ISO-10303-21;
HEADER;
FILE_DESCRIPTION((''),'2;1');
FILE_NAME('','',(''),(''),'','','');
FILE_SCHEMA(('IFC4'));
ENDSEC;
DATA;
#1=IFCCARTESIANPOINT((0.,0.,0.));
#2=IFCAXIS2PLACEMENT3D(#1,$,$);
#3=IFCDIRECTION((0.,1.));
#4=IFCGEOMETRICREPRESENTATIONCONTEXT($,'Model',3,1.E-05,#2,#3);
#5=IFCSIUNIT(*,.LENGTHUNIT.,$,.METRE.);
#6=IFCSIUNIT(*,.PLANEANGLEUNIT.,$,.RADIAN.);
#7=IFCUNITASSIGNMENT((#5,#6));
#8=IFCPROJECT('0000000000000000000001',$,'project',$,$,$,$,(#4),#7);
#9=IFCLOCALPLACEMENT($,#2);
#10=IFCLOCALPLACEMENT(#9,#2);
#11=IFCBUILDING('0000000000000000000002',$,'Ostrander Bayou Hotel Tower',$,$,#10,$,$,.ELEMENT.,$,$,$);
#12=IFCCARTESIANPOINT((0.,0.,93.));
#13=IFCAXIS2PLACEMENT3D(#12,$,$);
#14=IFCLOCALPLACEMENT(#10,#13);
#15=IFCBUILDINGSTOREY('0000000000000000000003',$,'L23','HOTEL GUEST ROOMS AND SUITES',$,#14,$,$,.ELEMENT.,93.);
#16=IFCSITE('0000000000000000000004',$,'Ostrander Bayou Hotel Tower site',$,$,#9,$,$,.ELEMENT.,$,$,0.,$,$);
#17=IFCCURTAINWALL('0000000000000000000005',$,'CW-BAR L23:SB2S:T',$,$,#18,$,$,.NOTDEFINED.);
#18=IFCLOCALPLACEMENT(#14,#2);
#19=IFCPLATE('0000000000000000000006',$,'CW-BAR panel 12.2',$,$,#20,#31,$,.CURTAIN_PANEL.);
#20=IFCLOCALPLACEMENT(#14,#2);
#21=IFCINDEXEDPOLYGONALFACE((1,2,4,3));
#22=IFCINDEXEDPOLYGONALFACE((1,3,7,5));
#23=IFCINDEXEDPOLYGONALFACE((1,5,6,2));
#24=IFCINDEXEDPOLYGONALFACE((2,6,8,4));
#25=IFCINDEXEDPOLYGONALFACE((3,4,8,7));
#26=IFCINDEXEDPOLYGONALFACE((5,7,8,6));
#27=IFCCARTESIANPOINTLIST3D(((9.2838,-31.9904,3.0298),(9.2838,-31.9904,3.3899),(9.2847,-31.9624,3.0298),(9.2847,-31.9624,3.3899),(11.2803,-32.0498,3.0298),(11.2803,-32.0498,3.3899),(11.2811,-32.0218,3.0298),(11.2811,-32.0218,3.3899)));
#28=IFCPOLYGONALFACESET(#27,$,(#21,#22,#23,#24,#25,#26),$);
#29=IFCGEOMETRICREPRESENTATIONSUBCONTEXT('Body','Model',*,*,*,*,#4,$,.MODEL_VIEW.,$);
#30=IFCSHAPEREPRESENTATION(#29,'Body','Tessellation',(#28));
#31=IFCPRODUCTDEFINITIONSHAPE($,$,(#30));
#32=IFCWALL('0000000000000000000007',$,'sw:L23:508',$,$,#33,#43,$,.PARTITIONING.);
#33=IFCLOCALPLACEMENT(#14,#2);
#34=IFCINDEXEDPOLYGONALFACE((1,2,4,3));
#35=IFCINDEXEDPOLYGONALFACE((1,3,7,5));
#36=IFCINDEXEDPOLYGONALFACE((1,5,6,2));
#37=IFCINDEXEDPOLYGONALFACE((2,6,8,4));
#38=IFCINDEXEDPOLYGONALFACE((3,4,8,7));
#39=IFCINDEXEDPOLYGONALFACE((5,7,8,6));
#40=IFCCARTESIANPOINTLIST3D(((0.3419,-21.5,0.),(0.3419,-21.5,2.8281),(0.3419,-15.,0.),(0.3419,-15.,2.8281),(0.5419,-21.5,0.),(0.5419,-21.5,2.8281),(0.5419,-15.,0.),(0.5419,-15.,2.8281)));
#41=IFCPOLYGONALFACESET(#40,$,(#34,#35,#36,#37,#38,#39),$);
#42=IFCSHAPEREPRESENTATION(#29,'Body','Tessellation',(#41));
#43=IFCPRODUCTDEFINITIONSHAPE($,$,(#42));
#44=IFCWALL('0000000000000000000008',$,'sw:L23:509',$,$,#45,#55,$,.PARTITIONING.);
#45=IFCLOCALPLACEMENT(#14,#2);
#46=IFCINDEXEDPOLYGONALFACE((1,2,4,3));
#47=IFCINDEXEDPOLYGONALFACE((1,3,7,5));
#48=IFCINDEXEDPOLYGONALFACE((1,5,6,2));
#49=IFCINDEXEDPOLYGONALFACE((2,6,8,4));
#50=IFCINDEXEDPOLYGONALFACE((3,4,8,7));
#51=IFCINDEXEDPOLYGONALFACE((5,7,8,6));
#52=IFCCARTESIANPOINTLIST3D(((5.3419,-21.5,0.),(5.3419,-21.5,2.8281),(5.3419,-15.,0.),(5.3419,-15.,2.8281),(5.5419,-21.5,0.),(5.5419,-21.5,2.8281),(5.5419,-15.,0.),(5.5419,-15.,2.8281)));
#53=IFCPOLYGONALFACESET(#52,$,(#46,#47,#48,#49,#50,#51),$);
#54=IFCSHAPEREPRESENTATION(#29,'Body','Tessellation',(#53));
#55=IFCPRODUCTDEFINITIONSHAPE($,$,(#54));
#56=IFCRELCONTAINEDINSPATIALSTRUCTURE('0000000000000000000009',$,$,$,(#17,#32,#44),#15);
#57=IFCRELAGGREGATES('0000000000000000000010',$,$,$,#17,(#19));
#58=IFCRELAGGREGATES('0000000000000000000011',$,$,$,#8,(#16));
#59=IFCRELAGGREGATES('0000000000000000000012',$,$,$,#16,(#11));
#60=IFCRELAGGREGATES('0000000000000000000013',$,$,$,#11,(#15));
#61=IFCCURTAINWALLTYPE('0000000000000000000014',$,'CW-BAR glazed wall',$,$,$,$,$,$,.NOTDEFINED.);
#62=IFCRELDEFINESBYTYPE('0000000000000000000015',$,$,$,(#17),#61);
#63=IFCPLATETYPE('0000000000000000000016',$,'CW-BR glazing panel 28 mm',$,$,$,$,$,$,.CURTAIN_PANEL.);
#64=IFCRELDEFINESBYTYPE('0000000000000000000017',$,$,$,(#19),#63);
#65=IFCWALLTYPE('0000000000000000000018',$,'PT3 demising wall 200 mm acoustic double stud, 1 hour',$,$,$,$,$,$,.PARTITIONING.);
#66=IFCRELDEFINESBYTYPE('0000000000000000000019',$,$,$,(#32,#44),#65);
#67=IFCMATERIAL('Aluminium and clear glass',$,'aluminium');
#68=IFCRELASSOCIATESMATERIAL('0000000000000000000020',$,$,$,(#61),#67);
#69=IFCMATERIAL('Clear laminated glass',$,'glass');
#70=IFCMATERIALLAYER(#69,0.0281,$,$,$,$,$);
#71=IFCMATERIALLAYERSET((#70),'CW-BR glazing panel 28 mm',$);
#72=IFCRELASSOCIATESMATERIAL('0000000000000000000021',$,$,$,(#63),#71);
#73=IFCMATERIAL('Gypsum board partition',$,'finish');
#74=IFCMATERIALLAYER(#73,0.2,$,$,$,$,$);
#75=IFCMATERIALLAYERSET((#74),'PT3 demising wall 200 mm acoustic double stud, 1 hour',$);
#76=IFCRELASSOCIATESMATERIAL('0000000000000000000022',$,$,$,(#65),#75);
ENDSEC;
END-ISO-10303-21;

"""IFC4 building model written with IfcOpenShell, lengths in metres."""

from ifc_helpers import new_model, si_unit, direction, frame, frame_2d, origin, origin_2d, place, context, subcontext, project, spatial, rectangle, extrude, material, layer, layer_set, type_object, element, aggregate, save


model = new_model("IFC4")

# Units and contexts
model_context = context("Model", 3, precision=1e-05, world=origin(), true_north=direction((0.0, 1.0)))
body_context = subcontext(model_context, "Body", "Model", "MODEL_VIEW")
ifc_project = project(units=[si_unit("LENGTHUNIT", "METRE"), si_unit("PLANEANGLEUNIT", "RADIAN")], contexts=[model_context])

# Site, building, storey
site_placement = place(None, origin())
site = spatial("IfcSite", under=ifc_project, at=site_placement, Name="Ostrander Bayou Hotel Tower site", CompositionType="ELEMENT", RefElevation=0.0)
building_placement = place(site_placement, origin())
building = spatial("IfcBuilding", under=site, at=building_placement, Name="Ostrander Bayou Hotel Tower", CompositionType="ELEMENT")
storey_placement = place(building_placement, frame((0.0, 0.0, 93.0)))
storey = spatial("IfcBuildingStorey", under=building, at=storey_placement, Name="L23", Description="HOTEL GUEST ROOMS AND SUITES", CompositionType="ELEMENT", Elevation=93.0)

# Curtain wall, plate
ifc_material_1 = material(Name="Aluminium and clear glass", Category="aluminium")
curtain_wall_type = type_object("IfcCurtainWallType", Name="CW-BAR glazed wall", PredefinedType="NOTDEFINED", material=ifc_material_1)
curtain_wall_placement = place(storey_placement, origin())
curtain_wall = element("IfcCurtainWall", 1, at=curtain_wall_placement, inside=storey, type_object=curtain_wall_type, Name="CW-BAR L23:SB2S:T", PredefinedType="NOTDEFINED")
ifc_material_2 = material(Name="Clear laminated glass", Category="glass")
ifc_layer_1 = layer(ifc_material_2, 0.0281)
ifc_layer_set_1 = layer_set([ifc_layer_1], Name="CW-BR glazing panel 28 mm")
plate_type = type_object("IfcPlateType", Name="CW-BR glazing panel 28 mm", PredefinedType="CURTAIN_PANEL", material=ifc_layer_set_1)
plate_1_placement = place(storey_placement, frame((10.2825, -32.0061, 3.0298), z_axis=(0.0, 0.0, 1.0), x_axis=(0.999557, -0.029746, 0.0)))
plate_1 = element("IfcPlate", 2, at=plate_1_placement, type_object=plate_type, Name="CW-BAR panel 12.2", PredefinedType="CURTAIN_PANEL", context=body_context, shape_type="SweptSolid", body=[
    extrude(rectangle(XDim=1.9973, YDim=0.0281, at=origin_2d()), origin(), (0.0, 0.0, 1.0), 0.3601),
])
aggregate(curtain_wall, [plate_1])

# Walls
ifc_material_3 = material(Name="Gypsum board partition", Category="finish")
ifc_layer_2 = layer(ifc_material_3, 0.2)
ifc_layer_set_2 = layer_set([ifc_layer_2], Name="PT3 demising wall 200 mm acoustic double stud, 1 hour")
wall_type = type_object("IfcWallType", Name="PT3 demising wall 200 mm acoustic double stud, 1 hour", PredefinedType="PARTITIONING", material=ifc_layer_set_2)
for number, where, z_axis, x_axis, name in (
    (3, (0.4419, -21.5, 0.0), (0.0, 0.0, 1.0), (0.0, 1.0, 0.0), "sw:L23:508"),
    (4, (5.4419, -21.5, 0.0), (0.0, 0.0, 1.0), (0.0, 1.0, 0.0), "sw:L23:509"),
):
    element("IfcWall", number, at=place(storey_placement, frame(where, z_axis=z_axis, x_axis=x_axis)), inside=storey, type_object=wall_type, Name=name, PredefinedType="PARTITIONING", context=body_context, shape_type="SweptSolid", body=[
        extrude(rectangle(XDim=6.5, YDim=0.2, at=frame_2d((3.25, 0.0))), origin(), (0.0, 0.0, 1.0), 2.8281),
    ])

save(model, "model.ifc")
